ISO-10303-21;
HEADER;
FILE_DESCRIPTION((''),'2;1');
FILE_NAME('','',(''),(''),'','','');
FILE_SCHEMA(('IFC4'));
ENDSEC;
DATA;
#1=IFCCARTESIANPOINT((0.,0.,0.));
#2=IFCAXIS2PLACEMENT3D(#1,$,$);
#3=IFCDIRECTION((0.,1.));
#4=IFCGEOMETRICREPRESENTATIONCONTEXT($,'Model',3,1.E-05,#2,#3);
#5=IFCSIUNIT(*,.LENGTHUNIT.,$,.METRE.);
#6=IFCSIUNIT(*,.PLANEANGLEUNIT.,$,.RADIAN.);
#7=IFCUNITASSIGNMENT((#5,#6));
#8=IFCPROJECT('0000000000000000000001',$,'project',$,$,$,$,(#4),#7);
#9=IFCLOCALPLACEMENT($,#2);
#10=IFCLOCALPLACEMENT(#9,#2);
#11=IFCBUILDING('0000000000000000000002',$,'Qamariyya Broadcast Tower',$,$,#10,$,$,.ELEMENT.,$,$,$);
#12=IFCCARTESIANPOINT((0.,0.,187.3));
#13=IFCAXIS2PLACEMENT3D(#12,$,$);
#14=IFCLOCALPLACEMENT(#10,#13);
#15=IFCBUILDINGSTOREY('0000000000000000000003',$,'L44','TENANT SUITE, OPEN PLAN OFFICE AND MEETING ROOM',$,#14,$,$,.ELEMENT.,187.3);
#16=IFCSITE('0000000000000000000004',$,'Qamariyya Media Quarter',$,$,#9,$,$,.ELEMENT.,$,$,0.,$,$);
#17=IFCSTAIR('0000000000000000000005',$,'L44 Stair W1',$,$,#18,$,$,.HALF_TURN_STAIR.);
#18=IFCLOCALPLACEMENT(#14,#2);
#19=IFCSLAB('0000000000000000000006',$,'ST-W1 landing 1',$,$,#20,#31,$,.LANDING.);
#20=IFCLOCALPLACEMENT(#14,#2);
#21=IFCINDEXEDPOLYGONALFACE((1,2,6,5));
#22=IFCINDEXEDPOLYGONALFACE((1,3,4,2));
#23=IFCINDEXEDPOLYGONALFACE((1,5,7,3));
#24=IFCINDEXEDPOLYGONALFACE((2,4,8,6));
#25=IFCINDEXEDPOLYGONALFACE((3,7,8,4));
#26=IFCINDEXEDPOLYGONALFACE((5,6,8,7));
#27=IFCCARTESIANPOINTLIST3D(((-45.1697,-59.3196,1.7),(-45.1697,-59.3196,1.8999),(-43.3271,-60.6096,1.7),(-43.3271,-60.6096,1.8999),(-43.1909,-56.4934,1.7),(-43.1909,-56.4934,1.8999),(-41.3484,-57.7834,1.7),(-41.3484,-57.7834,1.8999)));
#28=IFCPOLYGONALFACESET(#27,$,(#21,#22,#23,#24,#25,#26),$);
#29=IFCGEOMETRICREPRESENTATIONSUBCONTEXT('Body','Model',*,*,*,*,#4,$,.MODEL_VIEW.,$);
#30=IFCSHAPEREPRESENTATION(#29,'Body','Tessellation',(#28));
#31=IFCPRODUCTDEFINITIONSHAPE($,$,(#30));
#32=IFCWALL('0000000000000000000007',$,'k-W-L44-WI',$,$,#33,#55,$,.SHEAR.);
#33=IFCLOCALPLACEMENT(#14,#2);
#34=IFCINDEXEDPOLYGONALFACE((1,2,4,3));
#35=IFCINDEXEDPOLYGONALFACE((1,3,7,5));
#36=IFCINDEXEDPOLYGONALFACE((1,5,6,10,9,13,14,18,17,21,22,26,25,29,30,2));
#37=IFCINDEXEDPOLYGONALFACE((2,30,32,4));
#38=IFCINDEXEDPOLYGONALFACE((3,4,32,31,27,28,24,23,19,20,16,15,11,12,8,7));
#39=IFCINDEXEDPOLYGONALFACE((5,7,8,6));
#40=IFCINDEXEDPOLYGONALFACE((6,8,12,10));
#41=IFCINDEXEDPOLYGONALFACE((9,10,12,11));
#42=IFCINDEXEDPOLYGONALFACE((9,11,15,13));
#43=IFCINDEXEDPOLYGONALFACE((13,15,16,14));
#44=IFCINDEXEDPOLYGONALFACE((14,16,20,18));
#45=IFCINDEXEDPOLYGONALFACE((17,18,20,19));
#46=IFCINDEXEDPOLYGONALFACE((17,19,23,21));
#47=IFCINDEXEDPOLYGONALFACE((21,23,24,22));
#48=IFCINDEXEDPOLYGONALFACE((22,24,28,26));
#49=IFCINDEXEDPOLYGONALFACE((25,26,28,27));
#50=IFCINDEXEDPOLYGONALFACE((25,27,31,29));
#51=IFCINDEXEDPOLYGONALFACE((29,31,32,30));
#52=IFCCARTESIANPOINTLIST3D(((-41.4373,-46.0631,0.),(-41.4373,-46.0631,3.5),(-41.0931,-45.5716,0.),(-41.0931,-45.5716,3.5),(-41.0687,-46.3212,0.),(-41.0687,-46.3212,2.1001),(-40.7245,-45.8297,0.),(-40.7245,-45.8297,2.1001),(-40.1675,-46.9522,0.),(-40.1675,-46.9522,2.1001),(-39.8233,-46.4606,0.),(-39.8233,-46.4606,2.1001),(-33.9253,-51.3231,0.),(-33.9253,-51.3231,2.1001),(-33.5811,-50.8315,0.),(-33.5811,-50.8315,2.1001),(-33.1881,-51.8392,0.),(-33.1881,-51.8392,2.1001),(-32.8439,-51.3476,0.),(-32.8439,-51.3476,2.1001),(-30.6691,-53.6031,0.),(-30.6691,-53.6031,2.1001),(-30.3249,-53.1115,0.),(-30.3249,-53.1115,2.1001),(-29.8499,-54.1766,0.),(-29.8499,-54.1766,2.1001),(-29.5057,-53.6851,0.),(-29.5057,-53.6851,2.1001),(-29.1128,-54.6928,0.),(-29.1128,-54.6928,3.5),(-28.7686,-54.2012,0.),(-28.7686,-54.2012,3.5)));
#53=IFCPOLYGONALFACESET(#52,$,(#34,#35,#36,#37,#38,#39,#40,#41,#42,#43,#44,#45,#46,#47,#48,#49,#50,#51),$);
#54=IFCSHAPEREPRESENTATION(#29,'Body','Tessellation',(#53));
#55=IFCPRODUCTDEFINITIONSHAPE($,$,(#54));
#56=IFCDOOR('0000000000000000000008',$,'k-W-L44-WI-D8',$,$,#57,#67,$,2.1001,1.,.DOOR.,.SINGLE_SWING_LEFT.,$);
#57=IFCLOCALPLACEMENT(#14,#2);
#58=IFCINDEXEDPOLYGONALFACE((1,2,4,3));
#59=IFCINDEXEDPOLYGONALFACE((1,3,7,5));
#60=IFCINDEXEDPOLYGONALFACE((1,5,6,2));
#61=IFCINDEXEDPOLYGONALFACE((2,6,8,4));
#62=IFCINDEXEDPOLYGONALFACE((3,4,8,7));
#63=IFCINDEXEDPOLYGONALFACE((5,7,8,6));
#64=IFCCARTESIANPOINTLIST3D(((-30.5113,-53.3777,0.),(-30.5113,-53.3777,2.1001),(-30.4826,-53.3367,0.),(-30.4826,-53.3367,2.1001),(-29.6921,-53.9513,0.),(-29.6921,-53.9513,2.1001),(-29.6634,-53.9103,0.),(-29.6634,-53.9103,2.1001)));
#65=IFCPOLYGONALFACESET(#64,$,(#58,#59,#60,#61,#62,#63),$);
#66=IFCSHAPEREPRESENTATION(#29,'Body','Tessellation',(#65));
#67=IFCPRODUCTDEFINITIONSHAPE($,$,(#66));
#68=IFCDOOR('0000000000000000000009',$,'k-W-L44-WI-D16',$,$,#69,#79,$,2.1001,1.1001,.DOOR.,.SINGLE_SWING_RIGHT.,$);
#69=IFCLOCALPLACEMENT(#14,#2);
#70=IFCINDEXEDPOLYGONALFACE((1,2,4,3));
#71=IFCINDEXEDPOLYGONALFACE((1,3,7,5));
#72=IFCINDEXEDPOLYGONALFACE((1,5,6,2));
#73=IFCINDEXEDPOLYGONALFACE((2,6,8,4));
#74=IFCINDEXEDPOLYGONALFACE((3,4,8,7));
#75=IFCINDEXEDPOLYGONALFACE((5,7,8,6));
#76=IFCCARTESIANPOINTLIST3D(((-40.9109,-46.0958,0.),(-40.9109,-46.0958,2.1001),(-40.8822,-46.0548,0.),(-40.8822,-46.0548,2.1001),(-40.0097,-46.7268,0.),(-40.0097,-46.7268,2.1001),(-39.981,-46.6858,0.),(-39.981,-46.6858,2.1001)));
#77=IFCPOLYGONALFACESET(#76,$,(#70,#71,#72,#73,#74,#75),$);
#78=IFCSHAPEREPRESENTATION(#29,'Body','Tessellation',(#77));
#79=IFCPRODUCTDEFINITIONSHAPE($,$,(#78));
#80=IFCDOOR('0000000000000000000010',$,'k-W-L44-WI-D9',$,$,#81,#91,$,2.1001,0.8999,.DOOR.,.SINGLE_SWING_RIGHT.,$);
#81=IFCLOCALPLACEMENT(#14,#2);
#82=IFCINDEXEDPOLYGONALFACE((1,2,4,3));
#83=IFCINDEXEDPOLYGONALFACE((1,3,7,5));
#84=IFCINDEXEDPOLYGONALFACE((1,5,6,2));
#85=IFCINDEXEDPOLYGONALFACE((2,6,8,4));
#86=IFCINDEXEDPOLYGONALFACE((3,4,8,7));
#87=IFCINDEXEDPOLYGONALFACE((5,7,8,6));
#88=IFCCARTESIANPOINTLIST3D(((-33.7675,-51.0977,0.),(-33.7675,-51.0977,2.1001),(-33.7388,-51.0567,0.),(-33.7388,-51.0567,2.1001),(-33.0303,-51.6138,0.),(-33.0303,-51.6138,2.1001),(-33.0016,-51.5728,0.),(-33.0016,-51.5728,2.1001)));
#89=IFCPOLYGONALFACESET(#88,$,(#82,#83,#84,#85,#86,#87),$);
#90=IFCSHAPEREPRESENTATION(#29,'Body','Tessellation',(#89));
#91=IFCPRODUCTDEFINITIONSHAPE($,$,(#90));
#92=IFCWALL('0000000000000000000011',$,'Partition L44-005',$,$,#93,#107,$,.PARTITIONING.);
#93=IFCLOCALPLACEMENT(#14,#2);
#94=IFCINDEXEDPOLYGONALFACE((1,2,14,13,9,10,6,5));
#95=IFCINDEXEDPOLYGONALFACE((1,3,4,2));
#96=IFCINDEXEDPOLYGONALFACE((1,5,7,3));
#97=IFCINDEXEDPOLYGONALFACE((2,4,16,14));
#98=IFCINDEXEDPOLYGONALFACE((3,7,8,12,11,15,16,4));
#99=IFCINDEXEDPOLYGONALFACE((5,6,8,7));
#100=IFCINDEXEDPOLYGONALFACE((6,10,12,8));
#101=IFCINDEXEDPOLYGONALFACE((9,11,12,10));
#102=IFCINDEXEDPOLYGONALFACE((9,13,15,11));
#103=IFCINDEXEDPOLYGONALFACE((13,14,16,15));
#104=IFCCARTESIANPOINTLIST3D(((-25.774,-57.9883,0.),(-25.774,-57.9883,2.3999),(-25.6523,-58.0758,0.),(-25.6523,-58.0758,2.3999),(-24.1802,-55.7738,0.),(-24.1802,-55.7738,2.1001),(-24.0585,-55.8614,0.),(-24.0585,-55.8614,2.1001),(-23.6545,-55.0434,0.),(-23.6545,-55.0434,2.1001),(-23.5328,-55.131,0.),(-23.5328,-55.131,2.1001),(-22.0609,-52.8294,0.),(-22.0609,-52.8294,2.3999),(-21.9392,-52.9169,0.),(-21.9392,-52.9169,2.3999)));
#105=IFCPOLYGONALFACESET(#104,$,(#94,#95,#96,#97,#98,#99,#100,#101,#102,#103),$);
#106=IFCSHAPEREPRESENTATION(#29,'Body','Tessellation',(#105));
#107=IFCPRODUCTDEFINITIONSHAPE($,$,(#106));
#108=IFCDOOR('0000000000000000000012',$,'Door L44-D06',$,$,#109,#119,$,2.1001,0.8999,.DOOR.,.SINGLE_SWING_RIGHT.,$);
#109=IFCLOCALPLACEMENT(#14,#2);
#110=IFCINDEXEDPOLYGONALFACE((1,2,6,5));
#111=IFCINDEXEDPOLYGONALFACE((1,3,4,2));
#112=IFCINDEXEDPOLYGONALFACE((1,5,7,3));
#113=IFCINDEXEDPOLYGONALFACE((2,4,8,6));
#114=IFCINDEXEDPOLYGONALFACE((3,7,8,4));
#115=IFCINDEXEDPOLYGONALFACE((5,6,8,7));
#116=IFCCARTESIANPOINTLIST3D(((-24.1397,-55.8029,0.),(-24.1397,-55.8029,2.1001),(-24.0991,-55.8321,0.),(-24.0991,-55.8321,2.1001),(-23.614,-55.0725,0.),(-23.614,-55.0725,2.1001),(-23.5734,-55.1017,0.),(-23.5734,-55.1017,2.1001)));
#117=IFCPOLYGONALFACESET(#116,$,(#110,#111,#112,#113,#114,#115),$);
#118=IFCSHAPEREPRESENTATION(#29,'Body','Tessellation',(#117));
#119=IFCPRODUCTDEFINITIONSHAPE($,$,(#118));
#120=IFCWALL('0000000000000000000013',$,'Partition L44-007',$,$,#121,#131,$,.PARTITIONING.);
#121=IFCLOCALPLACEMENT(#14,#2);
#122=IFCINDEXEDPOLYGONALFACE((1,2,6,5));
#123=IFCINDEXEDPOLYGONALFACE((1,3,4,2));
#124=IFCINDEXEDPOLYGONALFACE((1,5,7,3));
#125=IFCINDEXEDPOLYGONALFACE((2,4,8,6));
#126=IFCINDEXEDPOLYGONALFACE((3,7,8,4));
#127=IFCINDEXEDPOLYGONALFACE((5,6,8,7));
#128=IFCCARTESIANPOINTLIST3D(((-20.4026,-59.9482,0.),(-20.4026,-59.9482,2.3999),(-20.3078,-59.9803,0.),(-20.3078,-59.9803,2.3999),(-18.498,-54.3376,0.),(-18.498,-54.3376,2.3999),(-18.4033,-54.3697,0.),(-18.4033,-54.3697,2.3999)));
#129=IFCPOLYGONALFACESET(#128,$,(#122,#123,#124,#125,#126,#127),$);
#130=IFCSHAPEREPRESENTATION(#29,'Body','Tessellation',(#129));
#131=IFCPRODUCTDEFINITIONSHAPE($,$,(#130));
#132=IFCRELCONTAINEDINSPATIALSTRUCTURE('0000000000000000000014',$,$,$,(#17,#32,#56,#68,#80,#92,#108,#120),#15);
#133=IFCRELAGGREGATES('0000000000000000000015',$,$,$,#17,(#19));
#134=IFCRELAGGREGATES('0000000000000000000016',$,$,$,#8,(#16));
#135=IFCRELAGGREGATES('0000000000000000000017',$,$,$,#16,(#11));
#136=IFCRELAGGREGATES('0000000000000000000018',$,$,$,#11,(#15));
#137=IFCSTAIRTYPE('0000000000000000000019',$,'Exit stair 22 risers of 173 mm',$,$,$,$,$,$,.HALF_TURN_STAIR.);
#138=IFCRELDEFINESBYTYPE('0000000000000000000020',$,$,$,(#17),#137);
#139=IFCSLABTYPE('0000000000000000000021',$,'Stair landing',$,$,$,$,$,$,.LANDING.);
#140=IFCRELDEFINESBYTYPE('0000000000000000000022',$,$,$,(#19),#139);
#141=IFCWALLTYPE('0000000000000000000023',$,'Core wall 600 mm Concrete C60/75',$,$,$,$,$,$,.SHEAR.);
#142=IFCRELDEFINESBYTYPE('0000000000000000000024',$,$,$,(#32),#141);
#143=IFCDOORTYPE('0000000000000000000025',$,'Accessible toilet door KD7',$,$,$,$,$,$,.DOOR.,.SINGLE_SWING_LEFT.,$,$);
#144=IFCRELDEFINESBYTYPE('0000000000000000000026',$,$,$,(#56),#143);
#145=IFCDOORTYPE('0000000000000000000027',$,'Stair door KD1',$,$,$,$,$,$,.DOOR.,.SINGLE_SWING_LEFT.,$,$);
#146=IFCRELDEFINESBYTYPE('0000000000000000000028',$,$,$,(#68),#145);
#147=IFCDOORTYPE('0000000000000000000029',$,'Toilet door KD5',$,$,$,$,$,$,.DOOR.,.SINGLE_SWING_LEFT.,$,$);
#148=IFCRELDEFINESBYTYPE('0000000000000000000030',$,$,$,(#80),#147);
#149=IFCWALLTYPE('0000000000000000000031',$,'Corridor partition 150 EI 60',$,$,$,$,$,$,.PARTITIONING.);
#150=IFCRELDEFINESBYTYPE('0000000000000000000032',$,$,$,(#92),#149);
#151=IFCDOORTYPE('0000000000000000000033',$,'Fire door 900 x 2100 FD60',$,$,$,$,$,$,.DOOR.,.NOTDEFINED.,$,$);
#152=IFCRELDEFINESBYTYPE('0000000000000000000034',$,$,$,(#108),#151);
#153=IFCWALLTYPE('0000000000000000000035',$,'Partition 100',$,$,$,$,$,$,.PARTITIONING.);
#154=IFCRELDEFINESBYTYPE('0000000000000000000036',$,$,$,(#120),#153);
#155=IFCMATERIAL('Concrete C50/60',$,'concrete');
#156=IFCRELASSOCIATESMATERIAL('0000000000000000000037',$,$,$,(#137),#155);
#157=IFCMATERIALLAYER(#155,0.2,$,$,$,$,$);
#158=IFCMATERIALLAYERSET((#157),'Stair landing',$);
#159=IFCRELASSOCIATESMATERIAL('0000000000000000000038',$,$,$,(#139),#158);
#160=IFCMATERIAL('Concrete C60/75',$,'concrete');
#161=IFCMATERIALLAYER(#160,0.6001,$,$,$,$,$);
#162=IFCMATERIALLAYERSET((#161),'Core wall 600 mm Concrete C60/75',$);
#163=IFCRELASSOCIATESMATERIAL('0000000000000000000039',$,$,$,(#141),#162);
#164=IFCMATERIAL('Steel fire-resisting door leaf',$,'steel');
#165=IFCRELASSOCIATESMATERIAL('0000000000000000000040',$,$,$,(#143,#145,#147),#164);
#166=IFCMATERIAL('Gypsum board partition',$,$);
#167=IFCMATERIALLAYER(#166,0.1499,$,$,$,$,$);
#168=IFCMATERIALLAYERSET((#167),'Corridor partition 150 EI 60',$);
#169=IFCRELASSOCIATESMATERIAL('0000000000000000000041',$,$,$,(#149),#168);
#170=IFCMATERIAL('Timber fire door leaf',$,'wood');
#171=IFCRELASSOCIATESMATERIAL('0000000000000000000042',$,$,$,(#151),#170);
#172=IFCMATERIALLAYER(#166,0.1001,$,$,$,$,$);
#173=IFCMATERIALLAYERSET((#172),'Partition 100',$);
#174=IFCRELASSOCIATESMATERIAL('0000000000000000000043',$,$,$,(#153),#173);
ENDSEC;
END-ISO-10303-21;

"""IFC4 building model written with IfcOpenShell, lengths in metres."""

from ifc_helpers import new_model, si_unit, direction, frame, frame_2d, origin, place, context, subcontext, project, spatial, polyline, rectangle, outline, extrude, material, layer, layer_set, type_object, element, fill, aggregate, save


model = new_model("IFC4")

# Units and contexts
model_context = context("Model", 3, precision=1e-05, world=origin(), true_north=direction((0.0, 1.0)))
body_context = subcontext(model_context, "Body", "Model", "MODEL_VIEW")
ifc_project = project(units=[si_unit("LENGTHUNIT", "METRE"), si_unit("PLANEANGLEUNIT", "RADIAN")], contexts=[model_context])

# Site, building, storey
site_placement = place(None, origin())
site = spatial("IfcSite", under=ifc_project, at=site_placement, Name="Qamariyya Media Quarter", CompositionType="ELEMENT", RefElevation=0.0)
building_placement = place(site_placement, origin())
building = spatial("IfcBuilding", under=site, at=building_placement, Name="Qamariyya Broadcast Tower", CompositionType="ELEMENT")
storey_placement = place(building_placement, frame((0.0, 0.0, 187.3)))
storey = spatial("IfcBuildingStorey", under=building, at=storey_placement, Name="L44", Description="TENANT SUITE, OPEN PLAN OFFICE AND MEETING ROOM", CompositionType="ELEMENT", Elevation=187.3)

# Shared definitions
ifc_material_1 = material(Name="Concrete C60/75", Category="concrete")

# Stair, slab
ifc_material_2 = material(Name="Concrete C50/60", Category="concrete")
stair_type = type_object("IfcStairType", Name="Exit stair 22 risers of 173 mm", PredefinedType="HALF_TURN_STAIR", material=ifc_material_2)
ifc_layer_1 = layer(ifc_material_2, 0.2)
ifc_layer_set_1 = layer_set([ifc_layer_1], Name="Stair landing")
slab_type_1 = type_object("IfcSlabType", Name="Stair landing", PredefinedType="LANDING", material=ifc_layer_set_1)
stair_1_placement = place(storey_placement, origin())
stair_1 = element("IfcStair", 1, at=stair_1_placement, inside=storey, type_object=stair_type, Name="L44 Stair W1", PredefinedType="HALF_TURN_STAIR")
slab_1_placement = place(storey_placement, frame((0.0, 0.0, 1.7)))
slab_1 = element("IfcSlab", 2, at=slab_1_placement, type_object=slab_type_1, Name="ST-W1 landing 1", PredefinedType="LANDING", context=body_context, shape_type="SweptSolid", body=[
    extrude(outline(polyline([(-45.1697, -59.3196), (-43.3271, -60.6096), (-41.3484, -57.7834), (-43.1909, -56.4934), (-45.1697, -59.3196)])), origin(), (0.0, 0.0, 1.0), 0.2),
])
aggregate(stair_1, [slab_1])

# Wall, openings, doors
ifc_layer_2 = layer(ifc_material_1, 0.6001)
ifc_layer_set_2 = layer_set([ifc_layer_2], Name="Core wall 600 mm Concrete C60/75")
wall_type_1 = type_object("IfcWallType", Name="Core wall 600 mm Concrete C60/75", PredefinedType="SHEAR", material=ifc_layer_set_2)
wall_1_placement = place(storey_placement, frame((-28.9407, -54.447, 0.0), z_axis=(0.0, 0.0, 1.0), x_axis=(-0.819153, 0.573575, 0.0)))
wall_1 = element("IfcWall", 3, at=wall_1_placement, inside=storey, type_object=wall_type_1, Name="k-W-L44-WI", PredefinedType="SHEAR", context=body_context, shape_type="SweptSolid", body=[
    extrude(rectangle(XDim=15.0454, YDim=0.6001, at=frame_2d((7.5227, 0.0))), origin(), (0.0, 0.0, 1.0), 3.5),
])
opening_1_placement = place(wall_1_placement, frame((0.8999, 0.0, 0.0)))
opening_1 = element("IfcOpeningElement", 4, at=opening_1_placement, cuts=wall_1, PredefinedType="OPENING", context=body_context, shape_type="SweptSolid", body=[
    extrude(rectangle(XDim=1.0, YDim=2.1001, at=frame_2d((0.5, 1.05))), frame((0.0, 0.3101, 0.0), z_axis=(0.0, -1.0, 0.0), x_axis=(1.0, 0.0, 0.0)), (0.0, 0.0, 1.0), 0.6201),
])
opening_2_placement = place(wall_1_placement, frame((4.9751, 0.0, 0.0)))
opening_2 = element("IfcOpeningElement", 5, at=opening_2_placement, cuts=wall_1, PredefinedType="OPENING", context=body_context, shape_type="SweptSolid", body=[
    extrude(rectangle(XDim=0.8999, YDim=2.1001, at=frame_2d((0.45, 1.05))), frame((0.0, 0.3101, 0.0), z_axis=(0.0, -1.0, 0.0), x_axis=(1.0, 0.0, 0.0)), (0.0, 0.0, 1.0), 0.6201),
])
opening_3_placement = place(wall_1_placement, frame((13.4954, 0.0, 0.0)))
opening_3 = element("IfcOpeningElement", 6, at=opening_3_placement, cuts=wall_1, PredefinedType="OPENING", context=body_context, shape_type="SweptSolid", body=[
    extrude(rectangle(XDim=1.1001, YDim=2.1001, at=frame_2d((0.55, 1.05))), frame((0.0, 0.3101, 0.0), z_axis=(0.0, -1.0, 0.0), x_axis=(1.0, 0.0, 0.0)), (0.0, 0.0, 1.0), 0.6201),
])
ifc_material_3 = material(Name="Steel fire-resisting door leaf", Category="steel")
door_type_1 = type_object("IfcDoorType", Name="Accessible toilet door KD7", OperationType="SINGLE_SWING_LEFT", PredefinedType="DOOR", material=ifc_material_3)
door_1_placement = place(opening_1_placement, origin())
door_1 = element("IfcDoor", 7, at=door_1_placement, inside=storey, type_object=door_type_1, Name="k-W-L44-WI-D8", OperationType="SINGLE_SWING_LEFT", OverallHeight=2.1001, OverallWidth=1.0, PredefinedType="DOOR", context=body_context, shape_type="SweptSolid", body=[
    extrude(rectangle(XDim=1.0, YDim=2.1001, at=frame_2d((0.5, 1.05))), frame((0.0, 0.0249, 0.0), z_axis=(0.0, -1.0, 0.0), x_axis=(1.0, 0.0, 0.0)), (0.0, 0.0, 1.0), 0.05),
])
fill(opening_1, door_1)
door_type_2 = type_object("IfcDoorType", Name="Stair door KD1", OperationType="SINGLE_SWING_LEFT", PredefinedType="DOOR", material=ifc_material_3)
door_2_placement = place(opening_3_placement, origin())
door_2 = element("IfcDoor", 8, at=door_2_placement, inside=storey, type_object=door_type_2, Name="k-W-L44-WI-D16", OperationType="SINGLE_SWING_RIGHT", OverallHeight=2.1001, OverallWidth=1.1001, PredefinedType="DOOR", context=body_context, shape_type="SweptSolid", body=[
    extrude(rectangle(XDim=1.1001, YDim=2.1001, at=frame_2d((0.55, 1.05))), frame((0.0, 0.0249, 0.0), z_axis=(0.0, -1.0, 0.0), x_axis=(1.0, 0.0, 0.0)), (0.0, 0.0, 1.0), 0.05),
])
fill(opening_3, door_2)
door_type_3 = type_object("IfcDoorType", Name="Toilet door KD5", OperationType="SINGLE_SWING_LEFT", PredefinedType="DOOR", material=ifc_material_3)
door_3_placement = place(opening_2_placement, origin())
door_3 = element("IfcDoor", 9, at=door_3_placement, inside=storey, type_object=door_type_3, Name="k-W-L44-WI-D9", OperationType="SINGLE_SWING_RIGHT", OverallHeight=2.1001, OverallWidth=0.8999, PredefinedType="DOOR", context=body_context, shape_type="SweptSolid", body=[
    extrude(rectangle(XDim=0.8999, YDim=2.1001, at=frame_2d((0.45, 1.05))), frame((0.0, 0.0249, 0.0), z_axis=(0.0, -1.0, 0.0), x_axis=(1.0, 0.0, 0.0)), (0.0, 0.0, 1.0), 0.05),
])
fill(opening_2, door_3)

# Wall, opening, door
ifc_material_4 = material(Name="Gypsum board partition")
ifc_layer_3 = layer(ifc_material_4, 0.1499)
ifc_layer_set_3 = layer_set([ifc_layer_3], Name="Corridor partition 150 EI 60")
wall_type_2 = type_object("IfcWallType", Name="Corridor partition 150 EI 60", PredefinedType="PARTITIONING", material=ifc_layer_set_3)
wall_2_placement = place(storey_placement, frame((-22.0, -52.873, 0.0), z_axis=(0.0, 0.0, 1.0), x_axis=(-0.58417, -0.811631, 0.0)))
wall_2 = element("IfcWall", 10, at=wall_2_placement, inside=storey, type_object=wall_type_2, Name="Partition L44-005", PredefinedType="PARTITIONING", context=body_context, shape_type="SweptSolid", body=[
    extrude(rectangle(XDim=6.3562, YDim=0.1499, at=frame_2d((3.1782, 0.0))), origin(), (0.0, 0.0, 1.0), 2.3999),
])
opening_4_placement = place(wall_2_placement, frame((2.728, 0.0, 0.0)))
opening_4 = element("IfcOpeningElement", 11, at=opening_4_placement, cuts=wall_2, PredefinedType="OPENING", context=body_context, shape_type="SweptSolid", body=[
    extrude(rectangle(XDim=0.8999, YDim=2.1001, at=frame_2d((0.45, 1.05))), frame((0.0, 0.085, 0.0), z_axis=(0.0, -1.0, 0.0), x_axis=(1.0, 0.0, 0.0)), (0.0, 0.0, 1.0), 0.1699),
])
ifc_material_5 = material(Name="Timber fire door leaf", Category="wood")
door_type_4 = type_object("IfcDoorType", Name="Fire door 900 x 2100 FD60", OperationType="NOTDEFINED", PredefinedType="DOOR", material=ifc_material_5)
door_4_placement = place(opening_4_placement, origin())
door_4 = element("IfcDoor", 12, at=door_4_placement, inside=storey, type_object=door_type_4, Name="Door L44-D06", OperationType="SINGLE_SWING_RIGHT", OverallHeight=2.1001, OverallWidth=0.8999, PredefinedType="DOOR", context=body_context, shape_type="SweptSolid", body=[
    extrude(rectangle(XDim=0.8999, YDim=2.1001, at=frame_2d((0.45, 1.05))), frame((0.0, 0.0249, 0.0), z_axis=(0.0, -1.0, 0.0), x_axis=(1.0, 0.0, 0.0)), (0.0, 0.0, 1.0), 0.05),
])
fill(opening_4, door_4)

# Wall
ifc_layer_4 = layer(ifc_material_4, 0.1001)
ifc_layer_set_4 = layer_set([ifc_layer_4], Name="Partition 100")
wall_type_3 = type_object("IfcWallType", Name="Partition 100", PredefinedType="PARTITIONING", material=ifc_layer_set_4)
wall_3_placement = place(storey_placement, frame((-18.4507, -54.3538, 0.0), z_axis=(0.0, 0.0, 1.0), x_axis=(-0.32144, -0.94693, 0.0)))
element("IfcWall", 13, at=wall_3_placement, inside=storey, type_object=wall_type_3, Name="Partition L44-007", PredefinedType="PARTITIONING", context=body_context, shape_type="SweptSolid", body=[
    extrude(rectangle(XDim=5.925, YDim=0.1001, at=frame_2d((2.9624, 0.0))), origin(), (0.0, 0.0, 1.0), 2.3999),
])

save(model, "model.ifc")
